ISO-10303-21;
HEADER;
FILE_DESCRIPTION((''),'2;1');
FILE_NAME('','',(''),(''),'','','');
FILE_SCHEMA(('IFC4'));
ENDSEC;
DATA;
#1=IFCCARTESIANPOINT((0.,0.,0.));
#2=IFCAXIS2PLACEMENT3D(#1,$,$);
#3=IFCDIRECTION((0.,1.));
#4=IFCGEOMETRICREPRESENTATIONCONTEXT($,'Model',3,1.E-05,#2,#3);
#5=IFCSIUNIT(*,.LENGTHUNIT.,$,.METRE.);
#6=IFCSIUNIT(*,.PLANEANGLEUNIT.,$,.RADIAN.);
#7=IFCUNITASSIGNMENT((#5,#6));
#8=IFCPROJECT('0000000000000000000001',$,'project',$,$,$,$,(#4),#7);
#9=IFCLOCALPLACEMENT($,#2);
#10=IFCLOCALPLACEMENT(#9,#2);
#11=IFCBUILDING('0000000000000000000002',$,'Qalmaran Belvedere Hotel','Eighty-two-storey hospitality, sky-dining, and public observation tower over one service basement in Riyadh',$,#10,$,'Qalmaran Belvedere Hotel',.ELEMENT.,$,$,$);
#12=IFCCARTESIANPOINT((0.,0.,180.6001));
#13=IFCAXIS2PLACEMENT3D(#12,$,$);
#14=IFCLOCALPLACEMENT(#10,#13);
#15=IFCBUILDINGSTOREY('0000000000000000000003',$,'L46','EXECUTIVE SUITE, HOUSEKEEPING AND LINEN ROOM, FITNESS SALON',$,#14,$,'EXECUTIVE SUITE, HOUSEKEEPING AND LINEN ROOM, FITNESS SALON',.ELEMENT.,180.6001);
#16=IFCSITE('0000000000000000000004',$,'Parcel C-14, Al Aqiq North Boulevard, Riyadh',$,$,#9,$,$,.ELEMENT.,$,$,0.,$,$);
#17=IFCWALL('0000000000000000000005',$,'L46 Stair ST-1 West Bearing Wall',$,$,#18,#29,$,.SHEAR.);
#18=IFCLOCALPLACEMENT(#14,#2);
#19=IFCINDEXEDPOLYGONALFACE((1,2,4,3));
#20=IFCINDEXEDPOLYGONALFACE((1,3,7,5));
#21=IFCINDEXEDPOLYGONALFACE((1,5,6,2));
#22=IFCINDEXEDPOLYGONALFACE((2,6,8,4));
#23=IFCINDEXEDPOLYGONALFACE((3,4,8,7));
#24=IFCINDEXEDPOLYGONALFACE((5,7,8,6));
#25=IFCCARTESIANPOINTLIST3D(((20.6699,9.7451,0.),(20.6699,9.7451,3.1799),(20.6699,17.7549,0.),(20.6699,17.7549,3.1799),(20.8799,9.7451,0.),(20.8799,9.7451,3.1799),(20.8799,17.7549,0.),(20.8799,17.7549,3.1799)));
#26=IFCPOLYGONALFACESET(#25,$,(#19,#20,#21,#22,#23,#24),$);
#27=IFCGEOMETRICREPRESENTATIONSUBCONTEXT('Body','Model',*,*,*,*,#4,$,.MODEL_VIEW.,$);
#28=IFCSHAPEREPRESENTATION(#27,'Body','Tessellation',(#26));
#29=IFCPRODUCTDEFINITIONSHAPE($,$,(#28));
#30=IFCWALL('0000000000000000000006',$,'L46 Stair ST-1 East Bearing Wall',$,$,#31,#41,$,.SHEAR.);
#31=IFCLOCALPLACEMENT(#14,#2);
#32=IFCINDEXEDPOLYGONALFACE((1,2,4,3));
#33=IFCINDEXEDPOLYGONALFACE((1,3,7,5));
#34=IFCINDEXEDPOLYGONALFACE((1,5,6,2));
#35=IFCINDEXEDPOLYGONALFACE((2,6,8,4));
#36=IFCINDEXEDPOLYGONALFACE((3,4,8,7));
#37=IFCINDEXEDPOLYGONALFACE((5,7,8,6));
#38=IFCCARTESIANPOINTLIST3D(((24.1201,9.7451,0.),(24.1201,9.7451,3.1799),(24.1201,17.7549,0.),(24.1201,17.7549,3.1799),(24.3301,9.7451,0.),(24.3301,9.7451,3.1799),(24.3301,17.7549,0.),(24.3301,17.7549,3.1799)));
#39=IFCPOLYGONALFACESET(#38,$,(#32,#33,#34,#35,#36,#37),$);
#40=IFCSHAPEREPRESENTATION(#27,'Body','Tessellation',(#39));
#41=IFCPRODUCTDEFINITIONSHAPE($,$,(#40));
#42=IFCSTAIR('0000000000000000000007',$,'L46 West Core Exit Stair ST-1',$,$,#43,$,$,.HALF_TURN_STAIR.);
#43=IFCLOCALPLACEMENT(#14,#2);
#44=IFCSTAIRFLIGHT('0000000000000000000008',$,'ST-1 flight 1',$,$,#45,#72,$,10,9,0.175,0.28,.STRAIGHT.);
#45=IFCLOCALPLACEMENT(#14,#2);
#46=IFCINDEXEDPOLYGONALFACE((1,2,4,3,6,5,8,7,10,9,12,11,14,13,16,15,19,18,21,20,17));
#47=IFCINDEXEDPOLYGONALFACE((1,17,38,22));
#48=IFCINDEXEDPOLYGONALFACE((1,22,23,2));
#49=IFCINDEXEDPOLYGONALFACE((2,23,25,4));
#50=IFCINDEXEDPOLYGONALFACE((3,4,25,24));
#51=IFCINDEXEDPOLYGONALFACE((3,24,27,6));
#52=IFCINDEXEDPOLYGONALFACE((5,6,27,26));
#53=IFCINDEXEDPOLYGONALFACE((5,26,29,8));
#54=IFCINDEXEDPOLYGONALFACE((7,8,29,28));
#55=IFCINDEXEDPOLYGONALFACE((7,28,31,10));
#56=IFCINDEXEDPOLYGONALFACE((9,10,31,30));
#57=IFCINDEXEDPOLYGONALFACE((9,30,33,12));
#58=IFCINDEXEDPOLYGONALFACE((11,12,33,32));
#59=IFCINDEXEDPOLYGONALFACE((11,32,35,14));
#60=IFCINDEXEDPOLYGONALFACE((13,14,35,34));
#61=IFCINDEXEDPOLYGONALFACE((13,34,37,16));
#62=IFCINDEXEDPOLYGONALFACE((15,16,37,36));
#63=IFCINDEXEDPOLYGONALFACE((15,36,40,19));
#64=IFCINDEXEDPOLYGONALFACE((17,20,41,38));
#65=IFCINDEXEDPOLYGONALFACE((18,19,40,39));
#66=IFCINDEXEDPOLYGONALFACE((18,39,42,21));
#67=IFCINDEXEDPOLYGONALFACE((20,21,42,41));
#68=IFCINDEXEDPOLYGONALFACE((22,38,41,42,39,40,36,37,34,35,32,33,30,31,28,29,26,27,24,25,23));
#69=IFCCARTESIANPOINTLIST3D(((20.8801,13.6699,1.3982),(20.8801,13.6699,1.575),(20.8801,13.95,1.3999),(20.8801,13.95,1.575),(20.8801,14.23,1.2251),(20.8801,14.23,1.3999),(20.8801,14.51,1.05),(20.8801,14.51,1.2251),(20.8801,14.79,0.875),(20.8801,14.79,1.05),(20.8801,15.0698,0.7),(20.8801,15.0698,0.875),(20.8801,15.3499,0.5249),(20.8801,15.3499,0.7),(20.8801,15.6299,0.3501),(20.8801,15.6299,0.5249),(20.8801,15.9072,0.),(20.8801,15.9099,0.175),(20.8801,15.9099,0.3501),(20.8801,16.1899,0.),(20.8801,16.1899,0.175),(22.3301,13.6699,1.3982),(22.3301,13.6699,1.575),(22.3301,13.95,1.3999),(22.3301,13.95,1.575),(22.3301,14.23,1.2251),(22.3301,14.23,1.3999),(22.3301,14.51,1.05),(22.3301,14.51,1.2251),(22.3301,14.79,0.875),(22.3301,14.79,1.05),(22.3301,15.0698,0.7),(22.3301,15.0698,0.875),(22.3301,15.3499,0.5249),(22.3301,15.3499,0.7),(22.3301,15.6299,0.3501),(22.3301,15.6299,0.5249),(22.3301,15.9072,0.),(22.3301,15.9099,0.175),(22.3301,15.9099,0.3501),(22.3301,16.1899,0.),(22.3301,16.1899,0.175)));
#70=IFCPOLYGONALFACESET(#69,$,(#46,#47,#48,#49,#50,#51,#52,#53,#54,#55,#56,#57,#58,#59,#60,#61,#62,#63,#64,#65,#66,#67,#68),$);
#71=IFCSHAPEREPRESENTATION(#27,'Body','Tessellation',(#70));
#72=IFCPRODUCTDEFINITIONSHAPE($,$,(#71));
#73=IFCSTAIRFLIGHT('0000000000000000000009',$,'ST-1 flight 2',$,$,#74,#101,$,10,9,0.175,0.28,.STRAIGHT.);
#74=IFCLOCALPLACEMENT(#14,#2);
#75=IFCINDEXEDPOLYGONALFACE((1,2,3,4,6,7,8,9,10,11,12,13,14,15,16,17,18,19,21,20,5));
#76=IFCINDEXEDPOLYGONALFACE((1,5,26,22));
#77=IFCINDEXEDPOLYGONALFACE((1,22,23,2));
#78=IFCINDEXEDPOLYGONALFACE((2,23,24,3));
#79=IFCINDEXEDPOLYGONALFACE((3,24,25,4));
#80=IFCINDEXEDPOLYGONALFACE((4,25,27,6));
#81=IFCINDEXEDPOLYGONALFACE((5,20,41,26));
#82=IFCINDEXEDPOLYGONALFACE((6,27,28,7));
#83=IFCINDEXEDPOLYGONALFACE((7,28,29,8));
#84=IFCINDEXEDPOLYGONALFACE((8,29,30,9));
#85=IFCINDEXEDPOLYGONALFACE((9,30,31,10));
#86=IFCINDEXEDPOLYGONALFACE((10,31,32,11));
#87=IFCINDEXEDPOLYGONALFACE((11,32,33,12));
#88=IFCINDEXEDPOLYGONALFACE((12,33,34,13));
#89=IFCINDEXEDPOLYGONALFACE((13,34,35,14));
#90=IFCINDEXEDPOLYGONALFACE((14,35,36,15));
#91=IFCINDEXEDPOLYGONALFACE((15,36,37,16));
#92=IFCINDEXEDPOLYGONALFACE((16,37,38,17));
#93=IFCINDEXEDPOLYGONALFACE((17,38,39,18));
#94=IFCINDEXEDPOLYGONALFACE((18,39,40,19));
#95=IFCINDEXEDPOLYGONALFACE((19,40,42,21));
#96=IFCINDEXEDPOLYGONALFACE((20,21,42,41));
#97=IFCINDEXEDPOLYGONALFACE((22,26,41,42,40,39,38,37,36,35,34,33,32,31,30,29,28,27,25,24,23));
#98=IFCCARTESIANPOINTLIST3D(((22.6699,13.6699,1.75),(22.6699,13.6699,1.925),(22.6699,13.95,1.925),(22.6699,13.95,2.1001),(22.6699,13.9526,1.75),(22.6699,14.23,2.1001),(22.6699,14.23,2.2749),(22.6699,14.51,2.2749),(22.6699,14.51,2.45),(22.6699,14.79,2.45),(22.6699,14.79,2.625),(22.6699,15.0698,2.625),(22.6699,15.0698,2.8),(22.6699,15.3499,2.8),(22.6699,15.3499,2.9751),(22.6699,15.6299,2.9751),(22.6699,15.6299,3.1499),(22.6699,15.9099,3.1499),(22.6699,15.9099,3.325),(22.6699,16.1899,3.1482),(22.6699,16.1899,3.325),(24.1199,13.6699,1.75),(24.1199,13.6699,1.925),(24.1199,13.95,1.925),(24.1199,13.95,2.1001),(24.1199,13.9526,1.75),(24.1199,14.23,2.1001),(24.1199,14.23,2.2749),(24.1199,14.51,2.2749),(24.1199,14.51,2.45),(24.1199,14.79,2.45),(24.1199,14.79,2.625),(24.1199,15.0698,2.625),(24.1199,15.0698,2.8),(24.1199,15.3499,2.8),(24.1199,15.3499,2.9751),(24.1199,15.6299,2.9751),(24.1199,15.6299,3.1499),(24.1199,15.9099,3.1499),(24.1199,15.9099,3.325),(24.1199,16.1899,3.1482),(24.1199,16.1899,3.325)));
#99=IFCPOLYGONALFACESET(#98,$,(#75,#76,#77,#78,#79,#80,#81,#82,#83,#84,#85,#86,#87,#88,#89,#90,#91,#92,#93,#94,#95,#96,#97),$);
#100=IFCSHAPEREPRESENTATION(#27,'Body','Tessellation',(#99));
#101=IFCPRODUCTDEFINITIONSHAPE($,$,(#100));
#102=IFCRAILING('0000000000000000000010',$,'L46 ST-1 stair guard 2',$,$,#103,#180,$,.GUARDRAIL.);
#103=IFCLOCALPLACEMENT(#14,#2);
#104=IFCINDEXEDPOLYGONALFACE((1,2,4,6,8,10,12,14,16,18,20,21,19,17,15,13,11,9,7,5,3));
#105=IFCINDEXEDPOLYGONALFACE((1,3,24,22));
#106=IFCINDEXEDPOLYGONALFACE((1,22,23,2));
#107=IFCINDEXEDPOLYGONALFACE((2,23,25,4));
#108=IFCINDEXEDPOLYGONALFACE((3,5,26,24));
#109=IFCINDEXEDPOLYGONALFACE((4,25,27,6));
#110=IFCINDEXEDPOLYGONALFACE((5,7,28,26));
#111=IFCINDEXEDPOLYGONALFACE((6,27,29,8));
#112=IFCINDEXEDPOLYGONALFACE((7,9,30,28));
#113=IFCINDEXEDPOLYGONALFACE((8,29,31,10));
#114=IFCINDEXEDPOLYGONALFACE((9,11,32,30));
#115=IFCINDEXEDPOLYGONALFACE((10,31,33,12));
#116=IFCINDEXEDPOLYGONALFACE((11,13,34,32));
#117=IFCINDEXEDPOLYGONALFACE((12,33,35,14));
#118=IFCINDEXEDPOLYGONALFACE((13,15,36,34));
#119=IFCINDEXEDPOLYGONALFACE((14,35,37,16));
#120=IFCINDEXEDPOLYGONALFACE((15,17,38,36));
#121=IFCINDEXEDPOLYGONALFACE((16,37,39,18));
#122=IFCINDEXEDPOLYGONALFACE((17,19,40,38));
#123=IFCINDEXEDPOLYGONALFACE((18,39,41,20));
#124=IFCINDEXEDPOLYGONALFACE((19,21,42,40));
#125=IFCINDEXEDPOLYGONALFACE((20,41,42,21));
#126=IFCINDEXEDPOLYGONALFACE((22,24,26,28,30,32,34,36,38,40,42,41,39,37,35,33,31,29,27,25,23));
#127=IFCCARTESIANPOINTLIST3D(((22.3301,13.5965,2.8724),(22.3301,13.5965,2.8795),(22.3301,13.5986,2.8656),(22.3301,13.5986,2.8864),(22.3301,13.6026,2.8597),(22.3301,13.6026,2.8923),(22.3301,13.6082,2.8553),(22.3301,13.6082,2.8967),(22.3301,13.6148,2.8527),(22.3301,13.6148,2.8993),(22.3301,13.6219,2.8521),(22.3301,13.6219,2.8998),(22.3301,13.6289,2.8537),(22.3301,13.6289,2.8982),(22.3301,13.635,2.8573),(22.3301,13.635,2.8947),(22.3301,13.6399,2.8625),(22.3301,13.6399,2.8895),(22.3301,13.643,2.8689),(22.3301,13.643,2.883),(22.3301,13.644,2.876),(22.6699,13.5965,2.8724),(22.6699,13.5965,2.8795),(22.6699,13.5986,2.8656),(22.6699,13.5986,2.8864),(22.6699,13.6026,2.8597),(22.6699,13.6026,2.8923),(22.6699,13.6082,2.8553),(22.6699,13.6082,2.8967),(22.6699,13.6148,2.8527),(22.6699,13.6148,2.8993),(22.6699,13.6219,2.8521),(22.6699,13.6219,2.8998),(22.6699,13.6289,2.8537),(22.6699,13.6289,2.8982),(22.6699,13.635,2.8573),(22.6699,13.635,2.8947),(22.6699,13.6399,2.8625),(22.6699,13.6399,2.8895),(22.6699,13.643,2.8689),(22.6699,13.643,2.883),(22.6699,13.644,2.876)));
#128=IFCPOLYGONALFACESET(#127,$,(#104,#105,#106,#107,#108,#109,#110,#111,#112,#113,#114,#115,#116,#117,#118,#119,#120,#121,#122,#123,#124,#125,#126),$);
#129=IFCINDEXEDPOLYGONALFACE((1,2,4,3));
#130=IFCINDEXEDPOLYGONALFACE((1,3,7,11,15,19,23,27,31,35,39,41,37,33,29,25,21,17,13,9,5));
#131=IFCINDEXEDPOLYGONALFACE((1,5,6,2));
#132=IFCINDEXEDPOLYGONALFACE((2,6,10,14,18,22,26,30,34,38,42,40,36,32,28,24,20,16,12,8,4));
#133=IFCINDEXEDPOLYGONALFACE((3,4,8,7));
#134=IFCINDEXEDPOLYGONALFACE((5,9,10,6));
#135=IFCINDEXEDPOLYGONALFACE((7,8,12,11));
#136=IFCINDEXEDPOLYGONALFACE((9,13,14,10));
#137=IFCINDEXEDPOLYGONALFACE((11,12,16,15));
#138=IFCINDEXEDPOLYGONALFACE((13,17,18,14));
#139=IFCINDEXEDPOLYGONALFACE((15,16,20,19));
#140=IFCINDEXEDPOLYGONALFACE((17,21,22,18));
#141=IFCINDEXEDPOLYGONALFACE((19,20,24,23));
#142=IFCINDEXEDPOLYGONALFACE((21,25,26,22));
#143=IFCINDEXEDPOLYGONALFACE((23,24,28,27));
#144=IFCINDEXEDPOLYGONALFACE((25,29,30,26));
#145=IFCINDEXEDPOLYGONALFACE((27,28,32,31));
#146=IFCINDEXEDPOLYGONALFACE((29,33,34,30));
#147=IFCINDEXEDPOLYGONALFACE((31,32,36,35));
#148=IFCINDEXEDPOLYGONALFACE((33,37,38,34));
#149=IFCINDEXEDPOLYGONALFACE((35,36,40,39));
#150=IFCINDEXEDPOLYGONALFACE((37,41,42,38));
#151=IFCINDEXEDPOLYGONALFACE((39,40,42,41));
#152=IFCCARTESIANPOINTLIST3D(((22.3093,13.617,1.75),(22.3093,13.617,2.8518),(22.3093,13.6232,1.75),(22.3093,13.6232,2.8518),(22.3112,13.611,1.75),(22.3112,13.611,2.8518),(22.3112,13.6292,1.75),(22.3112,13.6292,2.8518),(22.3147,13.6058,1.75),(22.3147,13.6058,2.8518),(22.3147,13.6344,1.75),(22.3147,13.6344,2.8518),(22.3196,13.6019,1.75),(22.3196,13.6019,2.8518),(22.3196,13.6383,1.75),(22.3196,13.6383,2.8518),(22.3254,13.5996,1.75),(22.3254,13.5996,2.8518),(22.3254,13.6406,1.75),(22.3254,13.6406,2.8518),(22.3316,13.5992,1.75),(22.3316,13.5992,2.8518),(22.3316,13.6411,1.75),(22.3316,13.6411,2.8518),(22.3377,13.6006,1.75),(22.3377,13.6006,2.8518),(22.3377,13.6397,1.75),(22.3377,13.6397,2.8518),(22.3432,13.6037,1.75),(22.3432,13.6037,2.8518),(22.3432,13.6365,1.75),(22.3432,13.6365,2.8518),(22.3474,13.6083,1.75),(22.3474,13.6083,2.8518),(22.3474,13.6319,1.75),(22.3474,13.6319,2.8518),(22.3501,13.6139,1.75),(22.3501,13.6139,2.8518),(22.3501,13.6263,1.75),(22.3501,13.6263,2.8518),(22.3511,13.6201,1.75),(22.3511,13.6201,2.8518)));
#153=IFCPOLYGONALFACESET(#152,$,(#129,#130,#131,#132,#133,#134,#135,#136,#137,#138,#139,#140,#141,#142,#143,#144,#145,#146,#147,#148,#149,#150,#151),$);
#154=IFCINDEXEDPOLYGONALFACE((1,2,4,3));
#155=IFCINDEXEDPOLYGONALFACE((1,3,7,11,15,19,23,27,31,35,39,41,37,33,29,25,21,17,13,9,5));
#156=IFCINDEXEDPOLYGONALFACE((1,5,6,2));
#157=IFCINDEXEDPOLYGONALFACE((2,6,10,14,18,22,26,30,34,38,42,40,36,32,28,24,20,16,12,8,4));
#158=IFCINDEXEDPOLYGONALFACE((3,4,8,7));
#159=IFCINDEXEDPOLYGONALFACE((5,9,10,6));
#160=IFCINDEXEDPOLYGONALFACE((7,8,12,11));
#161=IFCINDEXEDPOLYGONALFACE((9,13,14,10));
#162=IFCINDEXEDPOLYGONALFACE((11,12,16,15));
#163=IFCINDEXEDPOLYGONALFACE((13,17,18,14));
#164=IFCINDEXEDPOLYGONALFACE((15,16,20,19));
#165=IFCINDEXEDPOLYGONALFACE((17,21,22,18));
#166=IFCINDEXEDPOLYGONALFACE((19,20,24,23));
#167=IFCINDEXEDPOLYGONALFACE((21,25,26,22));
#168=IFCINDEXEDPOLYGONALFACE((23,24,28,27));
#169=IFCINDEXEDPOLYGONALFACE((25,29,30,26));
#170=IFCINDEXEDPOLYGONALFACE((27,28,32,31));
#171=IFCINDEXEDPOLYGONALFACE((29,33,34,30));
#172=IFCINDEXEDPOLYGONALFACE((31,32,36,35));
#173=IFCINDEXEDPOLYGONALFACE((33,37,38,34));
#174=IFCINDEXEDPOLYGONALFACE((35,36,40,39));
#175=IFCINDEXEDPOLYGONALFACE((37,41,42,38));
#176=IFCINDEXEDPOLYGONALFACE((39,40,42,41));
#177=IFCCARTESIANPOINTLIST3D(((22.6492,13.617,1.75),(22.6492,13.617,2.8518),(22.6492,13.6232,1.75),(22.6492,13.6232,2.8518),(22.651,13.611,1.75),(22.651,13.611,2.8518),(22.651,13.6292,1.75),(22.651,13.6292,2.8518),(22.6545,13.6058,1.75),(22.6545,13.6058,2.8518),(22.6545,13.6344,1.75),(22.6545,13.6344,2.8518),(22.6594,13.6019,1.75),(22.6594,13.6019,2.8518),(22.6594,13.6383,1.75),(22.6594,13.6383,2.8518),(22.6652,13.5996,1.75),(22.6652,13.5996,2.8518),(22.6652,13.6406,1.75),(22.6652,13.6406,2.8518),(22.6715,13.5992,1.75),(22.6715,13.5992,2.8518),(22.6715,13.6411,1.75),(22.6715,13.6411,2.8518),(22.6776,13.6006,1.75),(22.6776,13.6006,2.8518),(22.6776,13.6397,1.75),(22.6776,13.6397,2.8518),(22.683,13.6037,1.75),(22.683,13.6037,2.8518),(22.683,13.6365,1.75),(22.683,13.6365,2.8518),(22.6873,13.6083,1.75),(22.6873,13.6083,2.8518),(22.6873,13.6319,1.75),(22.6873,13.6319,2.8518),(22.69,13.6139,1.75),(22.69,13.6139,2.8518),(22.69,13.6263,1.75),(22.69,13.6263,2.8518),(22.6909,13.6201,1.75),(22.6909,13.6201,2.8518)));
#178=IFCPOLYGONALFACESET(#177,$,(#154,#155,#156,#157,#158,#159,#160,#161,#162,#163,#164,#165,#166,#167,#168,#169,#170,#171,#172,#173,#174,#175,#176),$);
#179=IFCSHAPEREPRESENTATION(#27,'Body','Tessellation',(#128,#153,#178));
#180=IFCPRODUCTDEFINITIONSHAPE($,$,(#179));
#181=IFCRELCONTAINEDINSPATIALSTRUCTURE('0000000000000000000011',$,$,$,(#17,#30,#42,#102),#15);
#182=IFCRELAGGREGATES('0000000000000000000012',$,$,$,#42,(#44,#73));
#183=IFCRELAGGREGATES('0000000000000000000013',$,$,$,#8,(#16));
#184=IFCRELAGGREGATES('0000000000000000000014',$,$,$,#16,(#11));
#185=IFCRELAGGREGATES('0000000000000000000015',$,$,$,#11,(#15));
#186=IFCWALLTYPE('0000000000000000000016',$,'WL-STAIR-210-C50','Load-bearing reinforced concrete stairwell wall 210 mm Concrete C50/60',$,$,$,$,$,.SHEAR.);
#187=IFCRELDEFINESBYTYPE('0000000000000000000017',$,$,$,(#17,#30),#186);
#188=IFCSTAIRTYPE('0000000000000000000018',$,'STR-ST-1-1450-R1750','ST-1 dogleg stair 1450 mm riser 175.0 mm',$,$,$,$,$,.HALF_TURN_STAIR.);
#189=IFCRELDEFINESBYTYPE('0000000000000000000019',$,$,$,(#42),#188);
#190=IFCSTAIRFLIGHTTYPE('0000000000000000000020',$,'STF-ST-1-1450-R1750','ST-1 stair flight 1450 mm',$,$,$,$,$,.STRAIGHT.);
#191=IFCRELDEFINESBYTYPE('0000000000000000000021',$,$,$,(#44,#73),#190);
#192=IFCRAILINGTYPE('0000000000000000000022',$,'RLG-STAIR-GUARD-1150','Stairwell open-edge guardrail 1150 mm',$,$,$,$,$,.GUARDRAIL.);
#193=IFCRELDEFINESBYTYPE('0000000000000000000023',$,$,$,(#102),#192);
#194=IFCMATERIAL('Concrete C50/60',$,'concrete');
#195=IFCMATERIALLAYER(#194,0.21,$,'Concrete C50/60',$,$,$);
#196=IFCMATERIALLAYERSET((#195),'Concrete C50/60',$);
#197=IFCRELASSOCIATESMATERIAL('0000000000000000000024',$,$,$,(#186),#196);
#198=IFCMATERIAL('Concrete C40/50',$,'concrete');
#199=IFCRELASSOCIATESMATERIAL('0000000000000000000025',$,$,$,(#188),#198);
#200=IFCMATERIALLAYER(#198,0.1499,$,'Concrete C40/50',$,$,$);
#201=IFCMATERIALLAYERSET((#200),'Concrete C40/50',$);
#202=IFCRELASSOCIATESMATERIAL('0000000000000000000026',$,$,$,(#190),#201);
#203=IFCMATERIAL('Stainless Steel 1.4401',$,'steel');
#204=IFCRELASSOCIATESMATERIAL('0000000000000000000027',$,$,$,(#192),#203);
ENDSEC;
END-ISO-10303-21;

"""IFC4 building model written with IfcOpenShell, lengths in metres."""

from ifc_helpers import new_model, si_unit, direction, frame, frame_2d, origin, origin_2d, place, context, subcontext, project, spatial, polyline, rectangle, circle, outline, extrude, material, layer, layer_set, type_object, element, aggregate, save


model = new_model("IFC4")

# Units and contexts
model_context = context("Model", 3, precision=1e-05, world=origin(), true_north=direction((0.0, 1.0)))
body_context = subcontext(model_context, "Body", "Model", "MODEL_VIEW")
ifc_project = project(units=[si_unit("LENGTHUNIT", "METRE"), si_unit("PLANEANGLEUNIT", "RADIAN")], contexts=[model_context])

# Site, building, storey
site_placement = place(None, origin())
site = spatial("IfcSite", under=ifc_project, at=site_placement, Name="Parcel C-14, Al Aqiq North Boulevard, Riyadh", CompositionType="ELEMENT", RefElevation=0.0)
building_placement = place(site_placement, origin())
building = spatial("IfcBuilding", under=site, at=building_placement, Name="Qalmaran Belvedere Hotel", Description="Eighty-two-storey hospitality, sky-dining, and public observation tower over one service basement in Riyadh", LongName="Qalmaran Belvedere Hotel", CompositionType="ELEMENT")
storey_placement = place(building_placement, frame((0.0, 0.0, 180.6001)))
storey = spatial("IfcBuildingStorey", under=building, at=storey_placement, Name="L46", Description="EXECUTIVE SUITE, HOUSEKEEPING AND LINEN ROOM, FITNESS SALON", LongName="EXECUTIVE SUITE, HOUSEKEEPING AND LINEN ROOM, FITNESS SALON", CompositionType="ELEMENT", Elevation=180.6001)

# Shared definitions
ifc_material_1 = material(Name="Concrete C50/60", Category="concrete")

# Walls
ifc_layer_1 = layer(ifc_material_1, 0.21, Name="Concrete C50/60")
ifc_layer_set_1 = layer_set([ifc_layer_1], Name="Concrete C50/60")
wall_type_1 = type_object("IfcWallType", Name="WL-STAIR-210-C50", Description="Load-bearing reinforced concrete stairwell wall 210 mm Concrete C50/60", PredefinedType="SHEAR", material=ifc_layer_set_1)
for number, where, z_axis, x_axis, name in (
    (1, (20.7749, 9.7451, 0.0), (0.0, 0.0, 1.0), (0.0, 1.0, 0.0), "L46 Stair ST-1 West Bearing Wall"),
    (2, (24.2251, 9.7451, 0.0), (0.0, 0.0, 1.0), (0.0, 1.0, 0.0), "L46 Stair ST-1 East Bearing Wall"),
):
    element("IfcWall", number, at=place(storey_placement, frame(where, z_axis=z_axis, x_axis=x_axis)), inside=storey, type_object=wall_type_1, Name=name, PredefinedType="SHEAR", context=body_context, shape_type="SweptSolid", body=[
        extrude(rectangle(XDim=8.0098, YDim=0.21, at=frame_2d((4.0049, 0.0))), origin(), (0.0, 0.0, 1.0), 3.1799),
    ])

# Stair, stair flights
ifc_material_2 = material(Name="Concrete C40/50", Category="concrete")
stair_type = type_object("IfcStairType", Name="STR-ST-1-1450-R1750", Description="ST-1 dogleg stair 1450 mm riser 175.0 mm", PredefinedType="HALF_TURN_STAIR", material=ifc_material_2)
stair_placement = place(storey_placement, origin())
stair = element("IfcStair", 3, at=stair_placement, inside=storey, type_object=stair_type, Name="L46 West Core Exit Stair ST-1", PredefinedType="HALF_TURN_STAIR")
ifc_layer_2 = layer(ifc_material_2, 0.1499, Name="Concrete C40/50")
ifc_layer_set_2 = layer_set([ifc_layer_2], Name="Concrete C40/50")
stair_flight_type = type_object("IfcStairFlightType", Name="STF-ST-1-1450-R1750", Description="ST-1 stair flight 1450 mm", PredefinedType="STRAIGHT", material=ifc_layer_set_2)
stair_flight_1_placement = place(storey_placement, frame((21.605, 16.1899, 0.0), z_axis=(0.0, 0.0, 1.0), x_axis=(0.0, -1.0, 0.0)))
stair_flight_1 = element("IfcStairFlight", 4, at=stair_flight_1_placement, type_object=stair_flight_type, Name="ST-1 flight 1", NumberOfRisers=10, NumberOfTreads=9, PredefinedType="STRAIGHT", RiserHeight=0.175, TreadLength=0.28, context=body_context, shape_type="SweptSolid", body=[
    extrude(outline(polyline([(0.0, 0.0), (0.0, 0.175), (0.28, 0.175), (0.28, 0.3501), (0.5601, 0.3501), (0.5601, 0.5249), (0.8401, 0.5249), (0.8401, 0.7), (1.1201, 0.7), (1.1201, 0.875), (1.3999, 0.875), (1.3999, 1.05), (1.6799, 1.05), (1.6799, 1.2251), (1.96, 1.2251), (1.96, 1.3999), (2.24, 1.3999), (2.24, 1.575), (2.52, 1.575), (2.52, 1.75), (2.52, 1.3982), (0.2827, 0.0), (0.0, 0.0)])), frame((0.0, 0.7251, 0.0), z_axis=(0.0, -1.0, 0.0), x_axis=(1.0, 0.0, 0.0)), (0.0, 0.0, 1.0), 1.45),
])
stair_flight_2_placement = place(storey_placement, frame((23.395, 13.6699, 1.75), z_axis=(0.0, 0.0, 1.0), x_axis=(0.0, 1.0, 0.0)))
stair_flight_2 = element("IfcStairFlight", 5, at=stair_flight_2_placement, type_object=stair_flight_type, Name="ST-1 flight 2", NumberOfRisers=10, NumberOfTreads=9, PredefinedType="STRAIGHT", RiserHeight=0.175, TreadLength=0.28, context=body_context, shape_type="SweptSolid", body=[
    extrude(outline(polyline([(0.0, 0.0), (0.0, 0.175), (0.28, 0.175), (0.28, 0.3501), (0.5601, 0.3501), (0.5601, 0.5249), (0.8401, 0.5249), (0.8401, 0.7), (1.1201, 0.7), (1.1201, 0.875), (1.3999, 0.875), (1.3999, 1.05), (1.6799, 1.05), (1.6799, 1.2251), (1.96, 1.2251), (1.96, 1.3999), (2.24, 1.3999), (2.24, 1.575), (2.52, 1.575), (2.52, 1.75), (2.52, 1.3982), (0.2827, 0.0), (0.0, 0.0)])), frame((0.0, 0.7251, 0.0), z_axis=(0.0, -1.0, 0.0), x_axis=(1.0, 0.0, 0.0)), (0.0, 0.0, 1.0), 1.45),
])
aggregate(stair, [stair_flight_1, stair_flight_2])

# Railing
ifc_material_3 = material(Name="Stainless Steel 1.4401", Category="steel")
railing_type_1 = type_object("IfcRailingType", Name="RLG-STAIR-GUARD-1150", Description="Stairwell open-edge guardrail 1150 mm", PredefinedType="GUARDRAIL", material=ifc_material_3)
railing_1_placement = place(storey_placement, frame((22.3301, 13.6201, 1.75)))
element("IfcRailing", 6, at=railing_1_placement, inside=storey, type_object=railing_type_1, Name="L46 ST-1 stair guard 2", PredefinedType="GUARDRAIL", context=body_context, shape_type="SweptSolid", body=[
    extrude(circle(Radius=0.0239, at=origin_2d()), frame((0.0, 0.0, 1.126), z_axis=(1.0, 0.0, 0.0), x_axis=(0.0, 1.0, 0.0)), (0.0, 0.0, 1.0), 0.3398),
    extrude(circle(Radius=0.021, at=origin_2d()), origin(), (0.0, 0.0, 1.0), 1.1018),
    extrude(circle(Radius=0.021, at=origin_2d()), frame((0.3398, 0.0, 0.0)), (0.0, 0.0, 1.0), 1.1018),
])

save(model, "model.ifc")
